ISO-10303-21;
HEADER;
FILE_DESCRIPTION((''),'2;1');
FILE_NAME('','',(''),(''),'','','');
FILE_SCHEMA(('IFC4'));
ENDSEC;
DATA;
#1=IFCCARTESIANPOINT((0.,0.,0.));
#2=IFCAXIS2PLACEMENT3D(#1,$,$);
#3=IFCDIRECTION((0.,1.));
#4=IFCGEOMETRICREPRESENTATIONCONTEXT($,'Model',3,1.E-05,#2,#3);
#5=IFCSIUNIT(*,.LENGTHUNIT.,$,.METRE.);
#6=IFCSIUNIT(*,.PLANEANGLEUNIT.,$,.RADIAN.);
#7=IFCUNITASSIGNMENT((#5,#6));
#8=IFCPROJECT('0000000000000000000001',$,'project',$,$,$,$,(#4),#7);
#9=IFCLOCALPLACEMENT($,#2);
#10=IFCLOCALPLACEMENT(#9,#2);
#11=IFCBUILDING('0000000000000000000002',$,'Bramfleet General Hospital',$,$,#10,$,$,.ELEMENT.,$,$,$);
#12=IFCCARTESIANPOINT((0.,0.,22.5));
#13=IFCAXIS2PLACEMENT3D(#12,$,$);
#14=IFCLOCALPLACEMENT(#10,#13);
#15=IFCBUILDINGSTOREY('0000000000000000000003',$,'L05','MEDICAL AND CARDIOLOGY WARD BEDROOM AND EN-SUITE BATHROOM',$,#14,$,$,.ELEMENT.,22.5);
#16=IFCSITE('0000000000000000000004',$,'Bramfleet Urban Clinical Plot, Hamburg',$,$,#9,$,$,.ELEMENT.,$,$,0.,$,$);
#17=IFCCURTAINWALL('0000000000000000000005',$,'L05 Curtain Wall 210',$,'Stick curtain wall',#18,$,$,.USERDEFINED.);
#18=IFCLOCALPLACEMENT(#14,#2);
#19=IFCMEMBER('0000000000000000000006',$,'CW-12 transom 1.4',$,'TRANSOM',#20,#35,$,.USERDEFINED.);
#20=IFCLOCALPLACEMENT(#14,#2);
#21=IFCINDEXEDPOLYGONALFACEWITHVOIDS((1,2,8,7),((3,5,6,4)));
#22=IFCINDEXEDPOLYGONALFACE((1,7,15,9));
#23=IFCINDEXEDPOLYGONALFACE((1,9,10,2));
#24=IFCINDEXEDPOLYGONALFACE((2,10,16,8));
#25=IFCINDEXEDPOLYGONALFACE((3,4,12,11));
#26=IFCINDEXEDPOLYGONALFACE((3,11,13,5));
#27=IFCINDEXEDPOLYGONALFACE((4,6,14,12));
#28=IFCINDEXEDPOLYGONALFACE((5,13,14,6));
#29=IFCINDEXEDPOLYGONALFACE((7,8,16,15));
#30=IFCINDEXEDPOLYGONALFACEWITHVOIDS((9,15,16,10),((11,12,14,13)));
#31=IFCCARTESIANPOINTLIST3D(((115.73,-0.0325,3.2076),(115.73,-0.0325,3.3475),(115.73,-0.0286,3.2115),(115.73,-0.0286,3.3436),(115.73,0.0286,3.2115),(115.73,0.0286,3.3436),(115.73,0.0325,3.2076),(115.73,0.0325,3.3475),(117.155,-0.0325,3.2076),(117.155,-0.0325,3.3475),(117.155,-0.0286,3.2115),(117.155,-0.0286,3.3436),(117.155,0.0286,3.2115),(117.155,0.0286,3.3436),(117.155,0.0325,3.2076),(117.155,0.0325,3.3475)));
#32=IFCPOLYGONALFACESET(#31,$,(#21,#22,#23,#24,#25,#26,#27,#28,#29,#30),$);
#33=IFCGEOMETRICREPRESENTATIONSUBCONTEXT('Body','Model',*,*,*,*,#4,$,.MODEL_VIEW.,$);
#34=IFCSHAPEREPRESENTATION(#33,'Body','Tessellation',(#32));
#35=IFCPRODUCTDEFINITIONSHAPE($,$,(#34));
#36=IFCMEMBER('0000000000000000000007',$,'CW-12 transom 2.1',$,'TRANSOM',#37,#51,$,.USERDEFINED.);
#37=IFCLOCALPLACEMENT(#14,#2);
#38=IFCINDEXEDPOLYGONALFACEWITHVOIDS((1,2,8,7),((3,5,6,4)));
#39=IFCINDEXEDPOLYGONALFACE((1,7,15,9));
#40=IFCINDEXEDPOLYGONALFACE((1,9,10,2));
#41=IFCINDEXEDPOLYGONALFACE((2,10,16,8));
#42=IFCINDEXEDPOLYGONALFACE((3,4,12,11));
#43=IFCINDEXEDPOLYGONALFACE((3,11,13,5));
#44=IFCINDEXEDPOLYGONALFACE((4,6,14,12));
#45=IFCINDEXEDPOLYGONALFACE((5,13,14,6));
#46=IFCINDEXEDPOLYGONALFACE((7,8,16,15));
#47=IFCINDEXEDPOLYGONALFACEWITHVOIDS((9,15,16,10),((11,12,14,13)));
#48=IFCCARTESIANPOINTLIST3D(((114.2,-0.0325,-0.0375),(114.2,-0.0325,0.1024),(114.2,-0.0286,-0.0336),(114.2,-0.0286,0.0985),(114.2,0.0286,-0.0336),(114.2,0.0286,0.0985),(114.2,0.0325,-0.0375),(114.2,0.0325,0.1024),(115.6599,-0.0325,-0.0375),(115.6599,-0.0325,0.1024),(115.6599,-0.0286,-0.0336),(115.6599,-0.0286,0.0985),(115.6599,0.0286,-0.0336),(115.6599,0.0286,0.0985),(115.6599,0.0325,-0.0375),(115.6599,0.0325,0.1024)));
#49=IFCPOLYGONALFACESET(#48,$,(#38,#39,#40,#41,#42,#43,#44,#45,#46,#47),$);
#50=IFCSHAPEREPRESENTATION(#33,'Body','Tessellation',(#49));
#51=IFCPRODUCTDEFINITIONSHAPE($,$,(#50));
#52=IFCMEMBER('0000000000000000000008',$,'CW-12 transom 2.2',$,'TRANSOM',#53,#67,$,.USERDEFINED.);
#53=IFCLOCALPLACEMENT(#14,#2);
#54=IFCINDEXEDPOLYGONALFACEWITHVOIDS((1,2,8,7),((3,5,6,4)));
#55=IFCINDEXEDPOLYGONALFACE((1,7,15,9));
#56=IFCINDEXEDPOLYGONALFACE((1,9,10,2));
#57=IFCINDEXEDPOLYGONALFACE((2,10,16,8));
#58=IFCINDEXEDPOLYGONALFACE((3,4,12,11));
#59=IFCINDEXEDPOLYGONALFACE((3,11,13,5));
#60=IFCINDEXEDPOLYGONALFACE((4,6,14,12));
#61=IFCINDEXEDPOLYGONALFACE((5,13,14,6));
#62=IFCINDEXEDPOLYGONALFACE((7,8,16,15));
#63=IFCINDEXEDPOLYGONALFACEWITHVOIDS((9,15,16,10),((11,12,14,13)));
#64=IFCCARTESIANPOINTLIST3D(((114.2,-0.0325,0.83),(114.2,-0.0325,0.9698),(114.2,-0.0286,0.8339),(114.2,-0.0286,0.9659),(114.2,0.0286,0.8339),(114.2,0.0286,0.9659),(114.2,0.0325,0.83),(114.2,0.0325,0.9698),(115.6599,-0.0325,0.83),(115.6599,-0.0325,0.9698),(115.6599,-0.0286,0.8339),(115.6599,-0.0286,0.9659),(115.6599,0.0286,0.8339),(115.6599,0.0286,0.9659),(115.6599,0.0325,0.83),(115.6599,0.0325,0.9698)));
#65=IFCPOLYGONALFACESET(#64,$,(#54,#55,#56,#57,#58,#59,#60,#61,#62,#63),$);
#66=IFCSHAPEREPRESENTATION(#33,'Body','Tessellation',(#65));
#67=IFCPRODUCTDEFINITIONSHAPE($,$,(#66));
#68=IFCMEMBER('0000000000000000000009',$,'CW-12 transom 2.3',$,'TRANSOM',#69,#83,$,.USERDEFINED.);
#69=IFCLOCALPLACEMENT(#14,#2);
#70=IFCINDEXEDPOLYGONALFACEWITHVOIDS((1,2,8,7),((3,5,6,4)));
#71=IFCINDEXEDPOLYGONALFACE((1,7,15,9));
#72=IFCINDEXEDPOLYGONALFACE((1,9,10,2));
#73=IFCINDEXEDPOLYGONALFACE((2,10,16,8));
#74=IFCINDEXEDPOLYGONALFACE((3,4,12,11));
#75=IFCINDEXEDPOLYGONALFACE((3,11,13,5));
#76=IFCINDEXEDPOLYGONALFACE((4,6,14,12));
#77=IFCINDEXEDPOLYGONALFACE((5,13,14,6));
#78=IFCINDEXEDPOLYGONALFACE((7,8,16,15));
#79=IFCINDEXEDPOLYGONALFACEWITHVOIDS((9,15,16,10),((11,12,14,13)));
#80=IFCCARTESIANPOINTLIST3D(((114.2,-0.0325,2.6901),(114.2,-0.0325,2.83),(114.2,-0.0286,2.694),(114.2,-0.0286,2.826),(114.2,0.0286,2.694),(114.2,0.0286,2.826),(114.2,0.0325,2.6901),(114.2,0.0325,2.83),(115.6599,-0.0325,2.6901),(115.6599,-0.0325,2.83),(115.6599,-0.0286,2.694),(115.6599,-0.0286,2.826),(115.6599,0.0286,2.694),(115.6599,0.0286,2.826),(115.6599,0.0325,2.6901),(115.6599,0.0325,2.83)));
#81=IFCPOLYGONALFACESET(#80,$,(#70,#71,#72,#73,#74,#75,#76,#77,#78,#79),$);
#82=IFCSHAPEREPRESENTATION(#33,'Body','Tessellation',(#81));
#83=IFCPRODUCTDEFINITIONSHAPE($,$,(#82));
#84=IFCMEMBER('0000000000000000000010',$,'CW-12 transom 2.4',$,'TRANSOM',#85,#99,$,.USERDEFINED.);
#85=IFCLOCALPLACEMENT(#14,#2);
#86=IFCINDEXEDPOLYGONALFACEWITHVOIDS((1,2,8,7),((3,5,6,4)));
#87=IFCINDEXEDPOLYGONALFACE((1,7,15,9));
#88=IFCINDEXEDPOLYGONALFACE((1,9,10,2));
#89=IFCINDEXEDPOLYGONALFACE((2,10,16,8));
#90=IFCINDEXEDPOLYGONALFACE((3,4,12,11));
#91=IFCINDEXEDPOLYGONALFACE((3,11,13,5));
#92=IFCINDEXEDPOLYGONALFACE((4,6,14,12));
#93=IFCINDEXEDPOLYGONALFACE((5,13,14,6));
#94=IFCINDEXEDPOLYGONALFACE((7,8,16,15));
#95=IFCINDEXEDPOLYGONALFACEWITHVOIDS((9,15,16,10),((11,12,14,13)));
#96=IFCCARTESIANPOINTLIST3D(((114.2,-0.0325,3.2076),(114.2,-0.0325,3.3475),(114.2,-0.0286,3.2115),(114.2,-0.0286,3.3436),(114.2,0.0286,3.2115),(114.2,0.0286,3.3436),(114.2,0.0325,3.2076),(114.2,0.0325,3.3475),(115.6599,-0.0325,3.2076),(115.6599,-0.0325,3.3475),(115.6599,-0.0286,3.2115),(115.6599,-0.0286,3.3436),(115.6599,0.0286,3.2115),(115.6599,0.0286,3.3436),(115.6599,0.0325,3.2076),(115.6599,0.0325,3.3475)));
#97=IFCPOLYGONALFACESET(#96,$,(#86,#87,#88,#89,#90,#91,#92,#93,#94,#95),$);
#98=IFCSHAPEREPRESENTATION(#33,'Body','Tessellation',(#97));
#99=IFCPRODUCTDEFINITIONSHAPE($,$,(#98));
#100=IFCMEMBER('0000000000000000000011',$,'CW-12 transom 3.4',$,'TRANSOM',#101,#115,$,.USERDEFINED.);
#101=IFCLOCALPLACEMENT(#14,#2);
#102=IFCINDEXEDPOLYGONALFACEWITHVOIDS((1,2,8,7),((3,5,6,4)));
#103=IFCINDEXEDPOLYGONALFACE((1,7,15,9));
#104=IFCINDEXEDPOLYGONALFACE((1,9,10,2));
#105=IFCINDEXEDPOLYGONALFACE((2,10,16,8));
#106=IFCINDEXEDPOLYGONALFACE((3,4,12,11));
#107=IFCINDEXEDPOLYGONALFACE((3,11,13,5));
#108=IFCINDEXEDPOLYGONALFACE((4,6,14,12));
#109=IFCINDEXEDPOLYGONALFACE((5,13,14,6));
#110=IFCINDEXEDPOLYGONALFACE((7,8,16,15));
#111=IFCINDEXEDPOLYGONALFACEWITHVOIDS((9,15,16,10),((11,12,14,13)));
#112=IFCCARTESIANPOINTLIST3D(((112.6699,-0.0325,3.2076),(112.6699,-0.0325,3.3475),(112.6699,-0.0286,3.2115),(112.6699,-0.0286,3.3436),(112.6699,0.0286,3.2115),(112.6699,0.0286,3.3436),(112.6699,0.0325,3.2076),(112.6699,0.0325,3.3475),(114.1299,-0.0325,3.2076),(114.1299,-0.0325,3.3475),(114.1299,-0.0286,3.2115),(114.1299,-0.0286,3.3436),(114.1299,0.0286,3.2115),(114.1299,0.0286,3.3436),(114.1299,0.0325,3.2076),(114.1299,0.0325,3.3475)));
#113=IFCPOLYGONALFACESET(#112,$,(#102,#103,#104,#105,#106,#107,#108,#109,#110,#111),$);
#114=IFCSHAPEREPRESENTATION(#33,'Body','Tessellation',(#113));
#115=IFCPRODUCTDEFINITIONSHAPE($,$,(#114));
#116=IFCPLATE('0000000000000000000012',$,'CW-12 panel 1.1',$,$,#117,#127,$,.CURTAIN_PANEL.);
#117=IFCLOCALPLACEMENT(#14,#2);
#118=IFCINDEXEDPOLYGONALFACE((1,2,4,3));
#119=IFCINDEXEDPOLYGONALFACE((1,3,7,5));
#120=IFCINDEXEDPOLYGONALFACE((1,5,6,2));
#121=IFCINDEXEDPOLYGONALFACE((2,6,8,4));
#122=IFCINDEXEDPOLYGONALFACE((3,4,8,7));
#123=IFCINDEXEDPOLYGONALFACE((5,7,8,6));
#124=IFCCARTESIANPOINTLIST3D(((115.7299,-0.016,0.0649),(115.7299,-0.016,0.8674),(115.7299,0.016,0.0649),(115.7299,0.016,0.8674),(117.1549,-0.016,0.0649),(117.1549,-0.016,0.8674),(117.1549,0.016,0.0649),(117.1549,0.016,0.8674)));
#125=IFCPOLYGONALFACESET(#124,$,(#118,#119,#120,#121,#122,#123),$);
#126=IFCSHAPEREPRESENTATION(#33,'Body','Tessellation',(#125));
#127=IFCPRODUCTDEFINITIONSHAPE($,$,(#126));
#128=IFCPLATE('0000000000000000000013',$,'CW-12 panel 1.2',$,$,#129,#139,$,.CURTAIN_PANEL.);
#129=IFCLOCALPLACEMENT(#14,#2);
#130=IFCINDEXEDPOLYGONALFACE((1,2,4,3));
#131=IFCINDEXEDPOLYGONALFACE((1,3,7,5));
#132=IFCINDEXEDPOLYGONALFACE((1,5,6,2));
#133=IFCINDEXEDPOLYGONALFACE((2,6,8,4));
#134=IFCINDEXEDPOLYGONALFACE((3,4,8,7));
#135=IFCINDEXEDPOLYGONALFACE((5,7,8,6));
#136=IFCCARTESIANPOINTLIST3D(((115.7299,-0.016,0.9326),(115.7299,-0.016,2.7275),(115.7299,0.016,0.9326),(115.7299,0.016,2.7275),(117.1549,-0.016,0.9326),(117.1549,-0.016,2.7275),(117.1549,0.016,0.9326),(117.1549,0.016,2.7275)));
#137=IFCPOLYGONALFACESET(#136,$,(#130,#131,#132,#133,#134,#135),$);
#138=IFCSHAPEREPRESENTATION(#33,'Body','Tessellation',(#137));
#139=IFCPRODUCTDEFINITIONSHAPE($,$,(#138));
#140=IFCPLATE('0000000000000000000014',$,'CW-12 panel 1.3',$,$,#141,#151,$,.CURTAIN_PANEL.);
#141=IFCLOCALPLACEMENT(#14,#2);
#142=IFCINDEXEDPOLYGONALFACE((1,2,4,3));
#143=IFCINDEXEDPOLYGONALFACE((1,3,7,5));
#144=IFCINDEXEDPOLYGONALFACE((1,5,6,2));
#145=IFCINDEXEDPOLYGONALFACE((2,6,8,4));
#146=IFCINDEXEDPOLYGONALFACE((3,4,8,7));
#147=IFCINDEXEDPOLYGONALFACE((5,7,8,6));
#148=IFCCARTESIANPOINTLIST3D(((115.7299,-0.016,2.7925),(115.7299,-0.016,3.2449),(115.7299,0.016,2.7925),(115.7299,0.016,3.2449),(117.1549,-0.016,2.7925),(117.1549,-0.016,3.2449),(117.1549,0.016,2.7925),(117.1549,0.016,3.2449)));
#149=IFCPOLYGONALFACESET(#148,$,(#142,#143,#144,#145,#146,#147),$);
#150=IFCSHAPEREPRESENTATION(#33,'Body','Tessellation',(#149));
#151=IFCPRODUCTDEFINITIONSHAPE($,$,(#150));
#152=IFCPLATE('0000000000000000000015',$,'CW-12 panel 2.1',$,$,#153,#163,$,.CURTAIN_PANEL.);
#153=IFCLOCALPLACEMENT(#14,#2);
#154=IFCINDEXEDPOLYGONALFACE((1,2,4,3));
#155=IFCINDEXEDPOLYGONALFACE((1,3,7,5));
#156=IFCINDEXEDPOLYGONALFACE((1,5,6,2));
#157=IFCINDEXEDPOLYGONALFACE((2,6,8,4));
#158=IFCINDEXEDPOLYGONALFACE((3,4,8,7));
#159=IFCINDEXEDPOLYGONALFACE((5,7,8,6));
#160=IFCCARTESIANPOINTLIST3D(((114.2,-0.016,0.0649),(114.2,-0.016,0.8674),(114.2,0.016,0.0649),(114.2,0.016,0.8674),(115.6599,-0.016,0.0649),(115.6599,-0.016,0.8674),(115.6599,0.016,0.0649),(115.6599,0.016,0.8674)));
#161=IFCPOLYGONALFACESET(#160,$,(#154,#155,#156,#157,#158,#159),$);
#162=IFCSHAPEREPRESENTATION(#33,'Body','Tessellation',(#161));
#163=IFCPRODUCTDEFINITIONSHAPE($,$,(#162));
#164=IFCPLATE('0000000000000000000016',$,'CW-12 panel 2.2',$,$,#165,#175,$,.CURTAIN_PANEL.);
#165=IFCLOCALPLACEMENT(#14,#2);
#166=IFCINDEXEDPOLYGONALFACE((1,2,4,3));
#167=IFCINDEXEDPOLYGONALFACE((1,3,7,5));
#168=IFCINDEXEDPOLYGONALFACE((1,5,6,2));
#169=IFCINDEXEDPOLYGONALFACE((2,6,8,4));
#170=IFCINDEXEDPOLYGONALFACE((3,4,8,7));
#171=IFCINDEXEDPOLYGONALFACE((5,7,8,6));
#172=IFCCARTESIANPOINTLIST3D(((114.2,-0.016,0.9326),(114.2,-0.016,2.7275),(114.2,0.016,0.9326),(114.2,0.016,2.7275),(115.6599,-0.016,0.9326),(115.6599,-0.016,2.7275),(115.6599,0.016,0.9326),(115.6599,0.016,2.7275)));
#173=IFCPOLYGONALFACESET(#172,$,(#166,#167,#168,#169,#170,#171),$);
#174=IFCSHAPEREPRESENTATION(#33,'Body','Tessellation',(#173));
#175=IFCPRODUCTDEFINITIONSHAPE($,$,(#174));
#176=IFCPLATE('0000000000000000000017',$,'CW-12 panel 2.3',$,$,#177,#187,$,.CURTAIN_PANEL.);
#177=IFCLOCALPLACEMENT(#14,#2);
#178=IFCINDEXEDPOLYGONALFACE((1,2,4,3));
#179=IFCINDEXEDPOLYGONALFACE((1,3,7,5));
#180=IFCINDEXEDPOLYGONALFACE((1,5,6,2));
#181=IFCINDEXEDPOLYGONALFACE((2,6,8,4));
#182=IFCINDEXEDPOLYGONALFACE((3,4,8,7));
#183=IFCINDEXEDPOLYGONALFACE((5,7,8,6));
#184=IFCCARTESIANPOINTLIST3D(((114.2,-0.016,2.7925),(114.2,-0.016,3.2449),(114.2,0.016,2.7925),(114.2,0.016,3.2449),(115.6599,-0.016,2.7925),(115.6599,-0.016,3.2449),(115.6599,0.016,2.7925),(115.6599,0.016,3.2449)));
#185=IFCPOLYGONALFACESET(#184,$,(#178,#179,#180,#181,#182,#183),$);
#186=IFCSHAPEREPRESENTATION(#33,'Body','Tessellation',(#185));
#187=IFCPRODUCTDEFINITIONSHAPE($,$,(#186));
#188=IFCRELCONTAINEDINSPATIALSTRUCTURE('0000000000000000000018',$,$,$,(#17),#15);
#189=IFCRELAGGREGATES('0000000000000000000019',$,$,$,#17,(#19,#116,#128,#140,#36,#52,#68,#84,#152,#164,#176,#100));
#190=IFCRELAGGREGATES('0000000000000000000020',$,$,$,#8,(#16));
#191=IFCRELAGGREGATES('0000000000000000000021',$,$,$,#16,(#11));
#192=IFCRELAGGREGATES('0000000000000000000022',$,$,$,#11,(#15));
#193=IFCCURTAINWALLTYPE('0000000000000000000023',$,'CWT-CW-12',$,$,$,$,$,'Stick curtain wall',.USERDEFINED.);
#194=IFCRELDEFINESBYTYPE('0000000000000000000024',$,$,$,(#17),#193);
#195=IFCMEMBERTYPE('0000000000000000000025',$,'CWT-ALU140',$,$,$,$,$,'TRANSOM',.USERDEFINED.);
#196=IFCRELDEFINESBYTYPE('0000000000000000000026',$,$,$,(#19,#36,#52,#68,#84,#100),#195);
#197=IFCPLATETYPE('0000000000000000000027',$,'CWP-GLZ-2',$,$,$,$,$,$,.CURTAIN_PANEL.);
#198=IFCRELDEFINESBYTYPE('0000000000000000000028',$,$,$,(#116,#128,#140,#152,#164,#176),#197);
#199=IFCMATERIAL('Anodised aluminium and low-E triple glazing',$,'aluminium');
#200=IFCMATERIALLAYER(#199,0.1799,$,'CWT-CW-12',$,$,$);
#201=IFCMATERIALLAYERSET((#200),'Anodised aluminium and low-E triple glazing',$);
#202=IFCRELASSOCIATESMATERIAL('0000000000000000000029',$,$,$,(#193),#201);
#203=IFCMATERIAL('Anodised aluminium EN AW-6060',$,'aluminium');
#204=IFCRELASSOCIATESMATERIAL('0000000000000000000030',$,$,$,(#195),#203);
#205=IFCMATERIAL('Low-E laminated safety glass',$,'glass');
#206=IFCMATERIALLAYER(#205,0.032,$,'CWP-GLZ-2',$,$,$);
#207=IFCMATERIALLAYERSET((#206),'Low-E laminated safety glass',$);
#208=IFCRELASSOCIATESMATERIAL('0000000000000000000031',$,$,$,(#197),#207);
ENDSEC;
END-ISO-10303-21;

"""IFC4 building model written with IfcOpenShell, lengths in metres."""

from ifc_helpers import new_model, si_unit, direction, frame, origin, origin_2d, place, context, subcontext, project, spatial, rectangle, hollow_rectangle, extrude, material, layer, layer_set, material_profile, profile_set, type_object, element, aggregate, save


model = new_model("IFC4")

# Units and contexts
model_context = context("Model", 3, precision=1e-05, world=origin(), true_north=direction((0.0, 1.0)))
body_context = subcontext(model_context, "Body", "Model", "MODEL_VIEW")
ifc_project = project(units=[si_unit("LENGTHUNIT", "METRE"), si_unit("PLANEANGLEUNIT", "RADIAN")], contexts=[model_context])

# Site, building, storey
site_placement = place(None, origin())
site = spatial("IfcSite", under=ifc_project, at=site_placement, Name="Bramfleet Urban Clinical Plot, Hamburg", CompositionType="ELEMENT", RefElevation=0.0)
building_placement = place(site_placement, origin())
building = spatial("IfcBuilding", under=site, at=building_placement, Name="Bramfleet General Hospital", CompositionType="ELEMENT")
storey_placement = place(building_placement, frame((0.0, 0.0, 22.5)))
storey = spatial("IfcBuildingStorey", under=building, at=storey_placement, Name="L05", Description="MEDICAL AND CARDIOLOGY WARD BEDROOM AND EN-SUITE BATHROOM", CompositionType="ELEMENT", Elevation=22.5)

# Curtain wall, members, plates
ifc_material_1 = material(Name="Anodised aluminium and low-E triple glazing", Category="aluminium")
ifc_layer_1 = layer(ifc_material_1, 0.1799, Name="CWT-CW-12")
ifc_layer_set_1 = layer_set([ifc_layer_1], Name="Anodised aluminium and low-E triple glazing")
curtain_wall_type = type_object("IfcCurtainWallType", Name="CWT-CW-12", ElementType="Stick curtain wall", PredefinedType="USERDEFINED", material=ifc_layer_set_1)
curtain_wall_placement = place(storey_placement, origin())
curtain_wall = element("IfcCurtainWall", 1, at=curtain_wall_placement, inside=storey, type_object=curtain_wall_type, Name="L05 Curtain Wall 210", ObjectType="Stick curtain wall", PredefinedType="USERDEFINED")
ifc_material_2 = material(Name="Anodised aluminium EN AW-6060", Category="aluminium")
ifc_material_profile_1 = material_profile(ifc_material_2, hollow_rectangle(XDim=0.0649, YDim=0.1399, WallThickness=0.0039, at=origin_2d()), Name="ALU 140x65x4.0")
ifc_profile_set_1 = profile_set([ifc_material_profile_1], Name="Anodised aluminium EN AW-6060")
member_type_1 = type_object("IfcMemberType", Name="CWT-ALU140", ElementType="TRANSOM", PredefinedType="USERDEFINED", material=ifc_profile_set_1)
member_1_placement = place(storey_placement, frame((117.155, 0.0, 3.2776), z_axis=(-1.0, 0.0, 0.0), x_axis=(0.0, -1.0, 0.0)))
member_1 = element("IfcMember", 2, at=member_1_placement, type_object=member_type_1, Name="CW-12 transom 1.4", ObjectType="TRANSOM", PredefinedType="USERDEFINED", context=body_context, shape_type="SweptSolid", body=[
    extrude(hollow_rectangle(XDim=0.0649, YDim=0.1399, WallThickness=0.0039, at=origin_2d()), origin(), (0.0, 0.0, 1.0), 1.425),
])
member_2_placement = place(storey_placement, frame((115.6599, 0.0, 0.0325), z_axis=(-1.0, 0.0, 0.0), x_axis=(0.0, -1.0, 0.0)))
member_2 = element("IfcMember", 3, at=member_2_placement, type_object=member_type_1, Name="CW-12 transom 2.1", ObjectType="TRANSOM", PredefinedType="USERDEFINED", context=body_context, shape_type="SweptSolid", body=[
    extrude(hollow_rectangle(XDim=0.0649, YDim=0.1399, WallThickness=0.0039, at=origin_2d()), origin(), (0.0, 0.0, 1.0), 1.46),
])
member_3_placement = place(storey_placement, frame((115.6599, 0.0, 0.8999), z_axis=(-1.0, 0.0, 0.0), x_axis=(0.0, -1.0, 0.0)))
member_3 = element("IfcMember", 4, at=member_3_placement, type_object=member_type_1, Name="CW-12 transom 2.2", ObjectType="TRANSOM", PredefinedType="USERDEFINED", context=body_context, shape_type="SweptSolid", body=[
    extrude(hollow_rectangle(XDim=0.0649, YDim=0.1399, WallThickness=0.0039, at=origin_2d()), origin(), (0.0, 0.0, 1.0), 1.46),
])
member_4_placement = place(storey_placement, frame((115.6599, 0.0, 2.76), z_axis=(-1.0, 0.0, 0.0), x_axis=(0.0, -1.0, 0.0)))
member_4 = element("IfcMember", 5, at=member_4_placement, type_object=member_type_1, Name="CW-12 transom 2.3", ObjectType="TRANSOM", PredefinedType="USERDEFINED", context=body_context, shape_type="SweptSolid", body=[
    extrude(hollow_rectangle(XDim=0.0649, YDim=0.1399, WallThickness=0.0039, at=origin_2d()), origin(), (0.0, 0.0, 1.0), 1.46),
])
member_5_placement = place(storey_placement, frame((115.6599, 0.0, 3.2776), z_axis=(-1.0, 0.0, 0.0), x_axis=(0.0, -1.0, 0.0)))
member_5 = element("IfcMember", 6, at=member_5_placement, type_object=member_type_1, Name="CW-12 transom 2.4", ObjectType="TRANSOM", PredefinedType="USERDEFINED", context=body_context, shape_type="SweptSolid", body=[
    extrude(hollow_rectangle(XDim=0.0649, YDim=0.1399, WallThickness=0.0039, at=origin_2d()), origin(), (0.0, 0.0, 1.0), 1.46),
])
member_6_placement = place(storey_placement, frame((114.1299, 0.0, 3.2776), z_axis=(-1.0, 0.0, 0.0), x_axis=(0.0, -1.0, 0.0)))
member_6 = element("IfcMember", 7, at=member_6_placement, type_object=member_type_1, Name="CW-12 transom 3.4", ObjectType="TRANSOM", PredefinedType="USERDEFINED", context=body_context, shape_type="SweptSolid", body=[
    extrude(hollow_rectangle(XDim=0.0649, YDim=0.1399, WallThickness=0.0039, at=origin_2d()), origin(), (0.0, 0.0, 1.0), 1.46),
])
ifc_material_3 = material(Name="Low-E laminated safety glass", Category="glass")
ifc_layer_2 = layer(ifc_material_3, 0.032, Name="CWP-GLZ-2")
ifc_layer_set_2 = layer_set([ifc_layer_2], Name="Low-E laminated safety glass")
plate_type = type_object("IfcPlateType", Name="CWP-GLZ-2", PredefinedType="CURTAIN_PANEL", material=ifc_layer_set_2)
plate_1_placement = place(storey_placement, frame((116.4424, 0.0, 0.0649), z_axis=(0.0, 0.0, 1.0), x_axis=(-1.0, 0.0, 0.0)))
plate_1 = element("IfcPlate", 8, at=plate_1_placement, type_object=plate_type, Name="CW-12 panel 1.1", PredefinedType="CURTAIN_PANEL", context=body_context, shape_type="SweptSolid", body=[
    extrude(rectangle(XDim=1.425, YDim=0.032, at=origin_2d()), origin(), (0.0, 0.0, 1.0), 0.8025),
])
plate_2_placement = place(storey_placement, frame((116.4424, 0.0, 0.9326), z_axis=(0.0, 0.0, 1.0), x_axis=(-1.0, 0.0, 0.0)))
plate_2 = element("IfcPlate", 9, at=plate_2_placement, type_object=plate_type, Name="CW-12 panel 1.2", PredefinedType="CURTAIN_PANEL", context=body_context, shape_type="SweptSolid", body=[
    extrude(rectangle(XDim=1.425, YDim=0.032, at=origin_2d()), origin(), (0.0, 0.0, 1.0), 1.7949),
])
plate_3_placement = place(storey_placement, frame((116.4424, 0.0, 2.7925), z_axis=(0.0, 0.0, 1.0), x_axis=(-1.0, 0.0, 0.0)))
plate_3 = element("IfcPlate", 10, at=plate_3_placement, type_object=plate_type, Name="CW-12 panel 1.3", PredefinedType="CURTAIN_PANEL", context=body_context, shape_type="SweptSolid", body=[
    extrude(rectangle(XDim=1.425, YDim=0.032, at=origin_2d()), origin(), (0.0, 0.0, 1.0), 0.4524),
])
plate_4_placement = place(storey_placement, frame((114.9299, 0.0, 0.0649), z_axis=(0.0, 0.0, 1.0), x_axis=(-1.0, 0.0, 0.0)))
plate_4 = element("IfcPlate", 11, at=plate_4_placement, type_object=plate_type, Name="CW-12 panel 2.1", PredefinedType="CURTAIN_PANEL", context=body_context, shape_type="SweptSolid", body=[
    extrude(rectangle(XDim=1.46, YDim=0.032, at=origin_2d()), origin(), (0.0, 0.0, 1.0), 0.8025),
])
plate_5_placement = place(storey_placement, frame((114.9299, 0.0, 0.9326), z_axis=(0.0, 0.0, 1.0), x_axis=(-1.0, 0.0, 0.0)))
plate_5 = element("IfcPlate", 12, at=plate_5_placement, type_object=plate_type, Name="CW-12 panel 2.2", PredefinedType="CURTAIN_PANEL", context=body_context, shape_type="SweptSolid", body=[
    extrude(rectangle(XDim=1.46, YDim=0.032, at=origin_2d()), origin(), (0.0, 0.0, 1.0), 1.7949),
])
plate_6_placement = place(storey_placement, frame((114.9299, 0.0, 2.7925), z_axis=(0.0, 0.0, 1.0), x_axis=(-1.0, 0.0, 0.0)))
plate_6 = element("IfcPlate", 13, at=plate_6_placement, type_object=plate_type, Name="CW-12 panel 2.3", PredefinedType="CURTAIN_PANEL", context=body_context, shape_type="SweptSolid", body=[
    extrude(rectangle(XDim=1.46, YDim=0.032, at=origin_2d()), origin(), (0.0, 0.0, 1.0), 0.4524),
])
aggregate(curtain_wall, [member_1, plate_1, plate_2, plate_3, member_2, member_3, member_4, member_5, plate_4, plate_5, plate_6, member_6])

save(model, "model.ifc")
